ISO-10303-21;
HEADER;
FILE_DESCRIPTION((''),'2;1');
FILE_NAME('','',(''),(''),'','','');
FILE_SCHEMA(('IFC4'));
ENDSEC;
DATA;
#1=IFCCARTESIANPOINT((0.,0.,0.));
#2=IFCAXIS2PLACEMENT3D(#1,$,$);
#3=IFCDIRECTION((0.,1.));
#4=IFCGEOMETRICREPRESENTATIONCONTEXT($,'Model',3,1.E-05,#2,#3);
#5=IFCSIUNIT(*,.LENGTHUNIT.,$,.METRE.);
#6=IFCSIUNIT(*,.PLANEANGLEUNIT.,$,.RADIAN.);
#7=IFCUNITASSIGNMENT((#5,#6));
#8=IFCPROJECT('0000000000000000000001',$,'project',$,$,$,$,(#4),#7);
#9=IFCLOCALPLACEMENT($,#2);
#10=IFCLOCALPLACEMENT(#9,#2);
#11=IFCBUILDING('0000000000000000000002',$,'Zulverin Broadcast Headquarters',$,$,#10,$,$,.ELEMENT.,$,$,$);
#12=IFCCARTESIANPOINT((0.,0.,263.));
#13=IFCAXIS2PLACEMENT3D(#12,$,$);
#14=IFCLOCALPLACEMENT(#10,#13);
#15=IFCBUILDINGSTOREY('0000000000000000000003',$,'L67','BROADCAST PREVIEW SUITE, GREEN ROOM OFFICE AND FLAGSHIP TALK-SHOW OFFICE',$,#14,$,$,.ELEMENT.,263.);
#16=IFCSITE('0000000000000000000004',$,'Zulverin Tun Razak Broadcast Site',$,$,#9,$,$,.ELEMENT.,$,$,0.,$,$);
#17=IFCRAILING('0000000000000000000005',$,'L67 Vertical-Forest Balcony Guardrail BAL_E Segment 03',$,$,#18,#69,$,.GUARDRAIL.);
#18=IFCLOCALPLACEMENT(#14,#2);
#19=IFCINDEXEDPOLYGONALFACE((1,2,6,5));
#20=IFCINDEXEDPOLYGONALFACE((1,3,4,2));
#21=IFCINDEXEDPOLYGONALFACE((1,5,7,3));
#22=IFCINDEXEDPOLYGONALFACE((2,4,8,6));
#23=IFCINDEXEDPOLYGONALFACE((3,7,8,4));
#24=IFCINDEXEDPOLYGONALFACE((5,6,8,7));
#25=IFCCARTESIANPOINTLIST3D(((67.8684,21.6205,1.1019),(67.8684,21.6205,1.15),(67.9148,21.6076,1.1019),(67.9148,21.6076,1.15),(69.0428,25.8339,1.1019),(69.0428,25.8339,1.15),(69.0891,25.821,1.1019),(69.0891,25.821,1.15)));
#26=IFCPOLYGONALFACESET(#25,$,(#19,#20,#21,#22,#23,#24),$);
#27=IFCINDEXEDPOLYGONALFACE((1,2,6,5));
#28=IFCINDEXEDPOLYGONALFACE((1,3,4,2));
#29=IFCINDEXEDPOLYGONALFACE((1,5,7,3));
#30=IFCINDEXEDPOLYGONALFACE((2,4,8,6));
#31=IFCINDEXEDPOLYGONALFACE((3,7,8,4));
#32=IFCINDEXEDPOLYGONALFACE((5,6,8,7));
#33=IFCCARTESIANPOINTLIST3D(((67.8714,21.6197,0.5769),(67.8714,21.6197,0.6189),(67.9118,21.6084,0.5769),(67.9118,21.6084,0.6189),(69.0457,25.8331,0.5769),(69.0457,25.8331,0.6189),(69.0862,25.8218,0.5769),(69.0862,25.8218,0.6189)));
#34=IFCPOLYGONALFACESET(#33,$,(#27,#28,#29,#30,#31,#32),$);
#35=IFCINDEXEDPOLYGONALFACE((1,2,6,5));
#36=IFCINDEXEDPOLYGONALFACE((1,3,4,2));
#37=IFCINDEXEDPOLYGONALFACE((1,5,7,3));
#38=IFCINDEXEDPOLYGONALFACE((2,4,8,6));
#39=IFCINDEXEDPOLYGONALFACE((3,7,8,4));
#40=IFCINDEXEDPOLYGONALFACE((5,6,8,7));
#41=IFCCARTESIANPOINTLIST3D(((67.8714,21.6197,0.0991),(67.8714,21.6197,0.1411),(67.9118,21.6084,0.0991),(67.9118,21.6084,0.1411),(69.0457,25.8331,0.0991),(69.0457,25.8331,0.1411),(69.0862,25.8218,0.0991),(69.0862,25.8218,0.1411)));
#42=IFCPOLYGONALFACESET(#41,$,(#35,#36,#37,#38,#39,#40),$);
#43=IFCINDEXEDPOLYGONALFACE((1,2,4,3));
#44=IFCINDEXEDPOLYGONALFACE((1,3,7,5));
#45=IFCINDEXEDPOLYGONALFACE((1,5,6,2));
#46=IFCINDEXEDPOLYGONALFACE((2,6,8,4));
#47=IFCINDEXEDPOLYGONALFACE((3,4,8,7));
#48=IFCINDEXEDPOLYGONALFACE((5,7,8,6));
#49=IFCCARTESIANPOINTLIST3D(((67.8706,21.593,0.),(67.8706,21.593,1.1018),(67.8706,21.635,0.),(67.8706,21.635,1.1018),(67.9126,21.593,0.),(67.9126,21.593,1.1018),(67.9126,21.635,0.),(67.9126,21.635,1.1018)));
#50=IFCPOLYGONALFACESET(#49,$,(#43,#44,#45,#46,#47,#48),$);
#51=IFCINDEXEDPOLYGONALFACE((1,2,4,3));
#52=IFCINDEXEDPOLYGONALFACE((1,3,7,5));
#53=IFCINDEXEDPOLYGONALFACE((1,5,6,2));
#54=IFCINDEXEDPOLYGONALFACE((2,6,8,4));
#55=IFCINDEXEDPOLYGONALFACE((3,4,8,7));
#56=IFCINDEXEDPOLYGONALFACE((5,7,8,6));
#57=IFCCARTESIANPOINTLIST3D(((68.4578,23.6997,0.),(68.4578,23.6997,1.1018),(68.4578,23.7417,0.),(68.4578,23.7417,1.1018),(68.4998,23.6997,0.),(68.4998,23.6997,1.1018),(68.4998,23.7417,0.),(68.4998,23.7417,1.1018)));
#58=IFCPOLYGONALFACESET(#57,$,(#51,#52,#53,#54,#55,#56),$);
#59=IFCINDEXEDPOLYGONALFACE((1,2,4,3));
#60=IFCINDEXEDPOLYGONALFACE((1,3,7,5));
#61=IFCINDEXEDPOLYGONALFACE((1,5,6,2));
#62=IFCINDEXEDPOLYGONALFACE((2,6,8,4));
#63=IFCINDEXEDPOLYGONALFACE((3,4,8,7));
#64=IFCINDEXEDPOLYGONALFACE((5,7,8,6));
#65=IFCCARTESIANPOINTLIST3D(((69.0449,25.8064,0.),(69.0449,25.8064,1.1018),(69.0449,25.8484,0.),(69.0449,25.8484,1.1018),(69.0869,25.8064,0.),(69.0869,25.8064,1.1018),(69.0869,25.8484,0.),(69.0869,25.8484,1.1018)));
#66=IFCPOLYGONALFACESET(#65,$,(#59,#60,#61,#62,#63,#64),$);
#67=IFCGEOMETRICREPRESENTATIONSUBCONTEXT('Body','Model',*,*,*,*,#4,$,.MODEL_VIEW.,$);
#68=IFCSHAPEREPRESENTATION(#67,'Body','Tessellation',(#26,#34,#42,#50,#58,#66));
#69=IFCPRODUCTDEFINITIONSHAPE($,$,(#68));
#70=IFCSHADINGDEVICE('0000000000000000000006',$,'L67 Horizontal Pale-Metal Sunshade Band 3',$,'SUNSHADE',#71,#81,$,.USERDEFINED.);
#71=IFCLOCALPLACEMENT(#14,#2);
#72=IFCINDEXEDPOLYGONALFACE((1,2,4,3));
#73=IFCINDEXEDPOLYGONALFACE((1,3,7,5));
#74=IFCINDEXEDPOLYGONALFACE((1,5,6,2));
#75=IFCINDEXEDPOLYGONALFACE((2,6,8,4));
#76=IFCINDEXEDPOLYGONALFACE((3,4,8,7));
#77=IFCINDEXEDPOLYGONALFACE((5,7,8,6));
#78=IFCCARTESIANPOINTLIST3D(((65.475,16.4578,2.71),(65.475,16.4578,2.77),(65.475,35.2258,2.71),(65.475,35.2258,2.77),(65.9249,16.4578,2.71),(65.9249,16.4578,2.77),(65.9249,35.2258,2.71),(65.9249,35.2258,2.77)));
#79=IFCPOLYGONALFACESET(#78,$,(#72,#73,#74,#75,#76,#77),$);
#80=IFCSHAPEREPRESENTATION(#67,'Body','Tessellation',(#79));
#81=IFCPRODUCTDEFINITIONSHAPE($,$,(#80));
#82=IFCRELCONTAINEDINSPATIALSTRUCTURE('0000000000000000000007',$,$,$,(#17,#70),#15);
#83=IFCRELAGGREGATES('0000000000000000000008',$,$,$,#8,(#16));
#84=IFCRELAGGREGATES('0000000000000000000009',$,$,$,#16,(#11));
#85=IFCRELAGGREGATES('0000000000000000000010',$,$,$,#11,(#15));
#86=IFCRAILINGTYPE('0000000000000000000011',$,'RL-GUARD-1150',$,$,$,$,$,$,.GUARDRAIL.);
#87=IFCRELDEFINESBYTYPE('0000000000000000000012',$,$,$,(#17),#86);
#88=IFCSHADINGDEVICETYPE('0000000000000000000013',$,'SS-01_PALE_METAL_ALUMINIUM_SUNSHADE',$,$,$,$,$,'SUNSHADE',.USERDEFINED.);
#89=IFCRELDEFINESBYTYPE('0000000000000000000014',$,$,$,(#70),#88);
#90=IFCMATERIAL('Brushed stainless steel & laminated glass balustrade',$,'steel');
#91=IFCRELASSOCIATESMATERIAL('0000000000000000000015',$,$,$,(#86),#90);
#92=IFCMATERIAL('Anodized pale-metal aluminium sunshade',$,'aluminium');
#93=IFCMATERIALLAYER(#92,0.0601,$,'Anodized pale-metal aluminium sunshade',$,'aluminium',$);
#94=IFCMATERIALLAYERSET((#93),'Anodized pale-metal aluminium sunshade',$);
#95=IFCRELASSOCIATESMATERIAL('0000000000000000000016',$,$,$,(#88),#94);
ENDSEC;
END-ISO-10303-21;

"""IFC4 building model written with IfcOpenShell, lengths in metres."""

from ifc_helpers import new_model, si_unit, direction, frame, origin, origin_2d, place, context, subcontext, project, spatial, rectangle, extrude, material, layer, layer_set, type_object, element, save


model = new_model("IFC4")

# Units and contexts
model_context = context("Model", 3, precision=1e-05, world=origin(), true_north=direction((0.0, 1.0)))
body_context = subcontext(model_context, "Body", "Model", "MODEL_VIEW")
ifc_project = project(units=[si_unit("LENGTHUNIT", "METRE"), si_unit("PLANEANGLEUNIT", "RADIAN")], contexts=[model_context])

# Site, building, storey
site_placement = place(None, origin())
site = spatial("IfcSite", under=ifc_project, at=site_placement, Name="Zulverin Tun Razak Broadcast Site", CompositionType="ELEMENT", RefElevation=0.0)
building_placement = place(site_placement, origin())
building = spatial("IfcBuilding", under=site, at=building_placement, Name="Zulverin Broadcast Headquarters", CompositionType="ELEMENT")
storey_placement = place(building_placement, frame((0.0, 0.0, 263.0)))
storey = spatial("IfcBuildingStorey", under=building, at=storey_placement, Name="L67", Description="BROADCAST PREVIEW SUITE, GREEN ROOM OFFICE AND FLAGSHIP TALK-SHOW OFFICE", CompositionType="ELEMENT", Elevation=263.0)

# Railing
ifc_material_1 = material(Name="Brushed stainless steel & laminated glass balustrade", Category="steel")
railing_type = type_object("IfcRailingType", Name="RL-GUARD-1150", PredefinedType="GUARDRAIL", material=ifc_material_1)
railing_1_placement = place(storey_placement, frame((67.8916, 21.614, 0.0)))
element("IfcRailing", 1, at=railing_1_placement, inside=storey, type_object=railing_type, Name="L67 Vertical-Forest Balcony Guardrail BAL_E Segment 03", PredefinedType="GUARDRAIL", context=body_context, shape_type="SweptSolid", body=[
    extrude(rectangle(XDim=0.0481, YDim=0.0481, at=origin_2d()), frame((0.0, 0.0, 1.126), z_axis=(0.268479, 0.963286, 0.0), x_axis=(-0.963286, 0.268479, 0.0)), (0.0, 0.0, 1.0), 4.374),
    extrude(rectangle(XDim=0.042, YDim=0.042, at=origin_2d()), frame((0.0, 0.0, 0.5979), z_axis=(0.268479, 0.963286, 0.0), x_axis=(-0.963286, 0.268479, 0.0)), (0.0, 0.0, 1.0), 4.374),
    extrude(rectangle(XDim=0.042, YDim=0.042, at=origin_2d()), frame((0.0, 0.0, 0.1201), z_axis=(0.268479, 0.963286, 0.0), x_axis=(-0.963286, 0.268479, 0.0)), (0.0, 0.0, 1.0), 4.374),
    extrude(rectangle(XDim=0.042, YDim=0.042, at=origin_2d()), origin(), (0.0, 0.0, 1.0), 1.1018),
    extrude(rectangle(XDim=0.042, YDim=0.042, at=origin_2d()), frame((0.5872, 2.1067, 0.0)), (0.0, 0.0, 1.0), 1.1018),
    extrude(rectangle(XDim=0.042, YDim=0.042, at=origin_2d()), frame((1.1743, 4.2134, 0.0)), (0.0, 0.0, 1.0), 1.1018),
])

# Shading device
ifc_material_2 = material(Name="Anodized pale-metal aluminium sunshade", Category="aluminium")
ifc_layer_1 = layer(ifc_material_2, 0.0601, Name="Anodized pale-metal aluminium sunshade", Category="aluminium")
ifc_layer_set_1 = layer_set([ifc_layer_1], Name="Anodized pale-metal aluminium sunshade")
shading_device_type = type_object("IfcShadingDeviceType", Name="SS-01_PALE_METAL_ALUMINIUM_SUNSHADE", ElementType="SUNSHADE", PredefinedType="USERDEFINED", material=ifc_layer_set_1)
shading_device_placement = place(storey_placement, frame((65.7, 25.8418, 2.71), z_axis=(0.0, 0.0, 1.0), x_axis=(0.0, 1.0, 0.0)))
element("IfcShadingDevice", 2, at=shading_device_placement, inside=storey, type_object=shading_device_type, Name="L67 Horizontal Pale-Metal Sunshade Band 3", ObjectType="SUNSHADE", PredefinedType="USERDEFINED", context=body_context, shape_type="SweptSolid", body=[
    extrude(rectangle(XDim=18.7681, YDim=0.45, at=origin_2d()), origin(), (0.0, 0.0, 1.0), 0.0601),
])

save(model, "model.ifc")
